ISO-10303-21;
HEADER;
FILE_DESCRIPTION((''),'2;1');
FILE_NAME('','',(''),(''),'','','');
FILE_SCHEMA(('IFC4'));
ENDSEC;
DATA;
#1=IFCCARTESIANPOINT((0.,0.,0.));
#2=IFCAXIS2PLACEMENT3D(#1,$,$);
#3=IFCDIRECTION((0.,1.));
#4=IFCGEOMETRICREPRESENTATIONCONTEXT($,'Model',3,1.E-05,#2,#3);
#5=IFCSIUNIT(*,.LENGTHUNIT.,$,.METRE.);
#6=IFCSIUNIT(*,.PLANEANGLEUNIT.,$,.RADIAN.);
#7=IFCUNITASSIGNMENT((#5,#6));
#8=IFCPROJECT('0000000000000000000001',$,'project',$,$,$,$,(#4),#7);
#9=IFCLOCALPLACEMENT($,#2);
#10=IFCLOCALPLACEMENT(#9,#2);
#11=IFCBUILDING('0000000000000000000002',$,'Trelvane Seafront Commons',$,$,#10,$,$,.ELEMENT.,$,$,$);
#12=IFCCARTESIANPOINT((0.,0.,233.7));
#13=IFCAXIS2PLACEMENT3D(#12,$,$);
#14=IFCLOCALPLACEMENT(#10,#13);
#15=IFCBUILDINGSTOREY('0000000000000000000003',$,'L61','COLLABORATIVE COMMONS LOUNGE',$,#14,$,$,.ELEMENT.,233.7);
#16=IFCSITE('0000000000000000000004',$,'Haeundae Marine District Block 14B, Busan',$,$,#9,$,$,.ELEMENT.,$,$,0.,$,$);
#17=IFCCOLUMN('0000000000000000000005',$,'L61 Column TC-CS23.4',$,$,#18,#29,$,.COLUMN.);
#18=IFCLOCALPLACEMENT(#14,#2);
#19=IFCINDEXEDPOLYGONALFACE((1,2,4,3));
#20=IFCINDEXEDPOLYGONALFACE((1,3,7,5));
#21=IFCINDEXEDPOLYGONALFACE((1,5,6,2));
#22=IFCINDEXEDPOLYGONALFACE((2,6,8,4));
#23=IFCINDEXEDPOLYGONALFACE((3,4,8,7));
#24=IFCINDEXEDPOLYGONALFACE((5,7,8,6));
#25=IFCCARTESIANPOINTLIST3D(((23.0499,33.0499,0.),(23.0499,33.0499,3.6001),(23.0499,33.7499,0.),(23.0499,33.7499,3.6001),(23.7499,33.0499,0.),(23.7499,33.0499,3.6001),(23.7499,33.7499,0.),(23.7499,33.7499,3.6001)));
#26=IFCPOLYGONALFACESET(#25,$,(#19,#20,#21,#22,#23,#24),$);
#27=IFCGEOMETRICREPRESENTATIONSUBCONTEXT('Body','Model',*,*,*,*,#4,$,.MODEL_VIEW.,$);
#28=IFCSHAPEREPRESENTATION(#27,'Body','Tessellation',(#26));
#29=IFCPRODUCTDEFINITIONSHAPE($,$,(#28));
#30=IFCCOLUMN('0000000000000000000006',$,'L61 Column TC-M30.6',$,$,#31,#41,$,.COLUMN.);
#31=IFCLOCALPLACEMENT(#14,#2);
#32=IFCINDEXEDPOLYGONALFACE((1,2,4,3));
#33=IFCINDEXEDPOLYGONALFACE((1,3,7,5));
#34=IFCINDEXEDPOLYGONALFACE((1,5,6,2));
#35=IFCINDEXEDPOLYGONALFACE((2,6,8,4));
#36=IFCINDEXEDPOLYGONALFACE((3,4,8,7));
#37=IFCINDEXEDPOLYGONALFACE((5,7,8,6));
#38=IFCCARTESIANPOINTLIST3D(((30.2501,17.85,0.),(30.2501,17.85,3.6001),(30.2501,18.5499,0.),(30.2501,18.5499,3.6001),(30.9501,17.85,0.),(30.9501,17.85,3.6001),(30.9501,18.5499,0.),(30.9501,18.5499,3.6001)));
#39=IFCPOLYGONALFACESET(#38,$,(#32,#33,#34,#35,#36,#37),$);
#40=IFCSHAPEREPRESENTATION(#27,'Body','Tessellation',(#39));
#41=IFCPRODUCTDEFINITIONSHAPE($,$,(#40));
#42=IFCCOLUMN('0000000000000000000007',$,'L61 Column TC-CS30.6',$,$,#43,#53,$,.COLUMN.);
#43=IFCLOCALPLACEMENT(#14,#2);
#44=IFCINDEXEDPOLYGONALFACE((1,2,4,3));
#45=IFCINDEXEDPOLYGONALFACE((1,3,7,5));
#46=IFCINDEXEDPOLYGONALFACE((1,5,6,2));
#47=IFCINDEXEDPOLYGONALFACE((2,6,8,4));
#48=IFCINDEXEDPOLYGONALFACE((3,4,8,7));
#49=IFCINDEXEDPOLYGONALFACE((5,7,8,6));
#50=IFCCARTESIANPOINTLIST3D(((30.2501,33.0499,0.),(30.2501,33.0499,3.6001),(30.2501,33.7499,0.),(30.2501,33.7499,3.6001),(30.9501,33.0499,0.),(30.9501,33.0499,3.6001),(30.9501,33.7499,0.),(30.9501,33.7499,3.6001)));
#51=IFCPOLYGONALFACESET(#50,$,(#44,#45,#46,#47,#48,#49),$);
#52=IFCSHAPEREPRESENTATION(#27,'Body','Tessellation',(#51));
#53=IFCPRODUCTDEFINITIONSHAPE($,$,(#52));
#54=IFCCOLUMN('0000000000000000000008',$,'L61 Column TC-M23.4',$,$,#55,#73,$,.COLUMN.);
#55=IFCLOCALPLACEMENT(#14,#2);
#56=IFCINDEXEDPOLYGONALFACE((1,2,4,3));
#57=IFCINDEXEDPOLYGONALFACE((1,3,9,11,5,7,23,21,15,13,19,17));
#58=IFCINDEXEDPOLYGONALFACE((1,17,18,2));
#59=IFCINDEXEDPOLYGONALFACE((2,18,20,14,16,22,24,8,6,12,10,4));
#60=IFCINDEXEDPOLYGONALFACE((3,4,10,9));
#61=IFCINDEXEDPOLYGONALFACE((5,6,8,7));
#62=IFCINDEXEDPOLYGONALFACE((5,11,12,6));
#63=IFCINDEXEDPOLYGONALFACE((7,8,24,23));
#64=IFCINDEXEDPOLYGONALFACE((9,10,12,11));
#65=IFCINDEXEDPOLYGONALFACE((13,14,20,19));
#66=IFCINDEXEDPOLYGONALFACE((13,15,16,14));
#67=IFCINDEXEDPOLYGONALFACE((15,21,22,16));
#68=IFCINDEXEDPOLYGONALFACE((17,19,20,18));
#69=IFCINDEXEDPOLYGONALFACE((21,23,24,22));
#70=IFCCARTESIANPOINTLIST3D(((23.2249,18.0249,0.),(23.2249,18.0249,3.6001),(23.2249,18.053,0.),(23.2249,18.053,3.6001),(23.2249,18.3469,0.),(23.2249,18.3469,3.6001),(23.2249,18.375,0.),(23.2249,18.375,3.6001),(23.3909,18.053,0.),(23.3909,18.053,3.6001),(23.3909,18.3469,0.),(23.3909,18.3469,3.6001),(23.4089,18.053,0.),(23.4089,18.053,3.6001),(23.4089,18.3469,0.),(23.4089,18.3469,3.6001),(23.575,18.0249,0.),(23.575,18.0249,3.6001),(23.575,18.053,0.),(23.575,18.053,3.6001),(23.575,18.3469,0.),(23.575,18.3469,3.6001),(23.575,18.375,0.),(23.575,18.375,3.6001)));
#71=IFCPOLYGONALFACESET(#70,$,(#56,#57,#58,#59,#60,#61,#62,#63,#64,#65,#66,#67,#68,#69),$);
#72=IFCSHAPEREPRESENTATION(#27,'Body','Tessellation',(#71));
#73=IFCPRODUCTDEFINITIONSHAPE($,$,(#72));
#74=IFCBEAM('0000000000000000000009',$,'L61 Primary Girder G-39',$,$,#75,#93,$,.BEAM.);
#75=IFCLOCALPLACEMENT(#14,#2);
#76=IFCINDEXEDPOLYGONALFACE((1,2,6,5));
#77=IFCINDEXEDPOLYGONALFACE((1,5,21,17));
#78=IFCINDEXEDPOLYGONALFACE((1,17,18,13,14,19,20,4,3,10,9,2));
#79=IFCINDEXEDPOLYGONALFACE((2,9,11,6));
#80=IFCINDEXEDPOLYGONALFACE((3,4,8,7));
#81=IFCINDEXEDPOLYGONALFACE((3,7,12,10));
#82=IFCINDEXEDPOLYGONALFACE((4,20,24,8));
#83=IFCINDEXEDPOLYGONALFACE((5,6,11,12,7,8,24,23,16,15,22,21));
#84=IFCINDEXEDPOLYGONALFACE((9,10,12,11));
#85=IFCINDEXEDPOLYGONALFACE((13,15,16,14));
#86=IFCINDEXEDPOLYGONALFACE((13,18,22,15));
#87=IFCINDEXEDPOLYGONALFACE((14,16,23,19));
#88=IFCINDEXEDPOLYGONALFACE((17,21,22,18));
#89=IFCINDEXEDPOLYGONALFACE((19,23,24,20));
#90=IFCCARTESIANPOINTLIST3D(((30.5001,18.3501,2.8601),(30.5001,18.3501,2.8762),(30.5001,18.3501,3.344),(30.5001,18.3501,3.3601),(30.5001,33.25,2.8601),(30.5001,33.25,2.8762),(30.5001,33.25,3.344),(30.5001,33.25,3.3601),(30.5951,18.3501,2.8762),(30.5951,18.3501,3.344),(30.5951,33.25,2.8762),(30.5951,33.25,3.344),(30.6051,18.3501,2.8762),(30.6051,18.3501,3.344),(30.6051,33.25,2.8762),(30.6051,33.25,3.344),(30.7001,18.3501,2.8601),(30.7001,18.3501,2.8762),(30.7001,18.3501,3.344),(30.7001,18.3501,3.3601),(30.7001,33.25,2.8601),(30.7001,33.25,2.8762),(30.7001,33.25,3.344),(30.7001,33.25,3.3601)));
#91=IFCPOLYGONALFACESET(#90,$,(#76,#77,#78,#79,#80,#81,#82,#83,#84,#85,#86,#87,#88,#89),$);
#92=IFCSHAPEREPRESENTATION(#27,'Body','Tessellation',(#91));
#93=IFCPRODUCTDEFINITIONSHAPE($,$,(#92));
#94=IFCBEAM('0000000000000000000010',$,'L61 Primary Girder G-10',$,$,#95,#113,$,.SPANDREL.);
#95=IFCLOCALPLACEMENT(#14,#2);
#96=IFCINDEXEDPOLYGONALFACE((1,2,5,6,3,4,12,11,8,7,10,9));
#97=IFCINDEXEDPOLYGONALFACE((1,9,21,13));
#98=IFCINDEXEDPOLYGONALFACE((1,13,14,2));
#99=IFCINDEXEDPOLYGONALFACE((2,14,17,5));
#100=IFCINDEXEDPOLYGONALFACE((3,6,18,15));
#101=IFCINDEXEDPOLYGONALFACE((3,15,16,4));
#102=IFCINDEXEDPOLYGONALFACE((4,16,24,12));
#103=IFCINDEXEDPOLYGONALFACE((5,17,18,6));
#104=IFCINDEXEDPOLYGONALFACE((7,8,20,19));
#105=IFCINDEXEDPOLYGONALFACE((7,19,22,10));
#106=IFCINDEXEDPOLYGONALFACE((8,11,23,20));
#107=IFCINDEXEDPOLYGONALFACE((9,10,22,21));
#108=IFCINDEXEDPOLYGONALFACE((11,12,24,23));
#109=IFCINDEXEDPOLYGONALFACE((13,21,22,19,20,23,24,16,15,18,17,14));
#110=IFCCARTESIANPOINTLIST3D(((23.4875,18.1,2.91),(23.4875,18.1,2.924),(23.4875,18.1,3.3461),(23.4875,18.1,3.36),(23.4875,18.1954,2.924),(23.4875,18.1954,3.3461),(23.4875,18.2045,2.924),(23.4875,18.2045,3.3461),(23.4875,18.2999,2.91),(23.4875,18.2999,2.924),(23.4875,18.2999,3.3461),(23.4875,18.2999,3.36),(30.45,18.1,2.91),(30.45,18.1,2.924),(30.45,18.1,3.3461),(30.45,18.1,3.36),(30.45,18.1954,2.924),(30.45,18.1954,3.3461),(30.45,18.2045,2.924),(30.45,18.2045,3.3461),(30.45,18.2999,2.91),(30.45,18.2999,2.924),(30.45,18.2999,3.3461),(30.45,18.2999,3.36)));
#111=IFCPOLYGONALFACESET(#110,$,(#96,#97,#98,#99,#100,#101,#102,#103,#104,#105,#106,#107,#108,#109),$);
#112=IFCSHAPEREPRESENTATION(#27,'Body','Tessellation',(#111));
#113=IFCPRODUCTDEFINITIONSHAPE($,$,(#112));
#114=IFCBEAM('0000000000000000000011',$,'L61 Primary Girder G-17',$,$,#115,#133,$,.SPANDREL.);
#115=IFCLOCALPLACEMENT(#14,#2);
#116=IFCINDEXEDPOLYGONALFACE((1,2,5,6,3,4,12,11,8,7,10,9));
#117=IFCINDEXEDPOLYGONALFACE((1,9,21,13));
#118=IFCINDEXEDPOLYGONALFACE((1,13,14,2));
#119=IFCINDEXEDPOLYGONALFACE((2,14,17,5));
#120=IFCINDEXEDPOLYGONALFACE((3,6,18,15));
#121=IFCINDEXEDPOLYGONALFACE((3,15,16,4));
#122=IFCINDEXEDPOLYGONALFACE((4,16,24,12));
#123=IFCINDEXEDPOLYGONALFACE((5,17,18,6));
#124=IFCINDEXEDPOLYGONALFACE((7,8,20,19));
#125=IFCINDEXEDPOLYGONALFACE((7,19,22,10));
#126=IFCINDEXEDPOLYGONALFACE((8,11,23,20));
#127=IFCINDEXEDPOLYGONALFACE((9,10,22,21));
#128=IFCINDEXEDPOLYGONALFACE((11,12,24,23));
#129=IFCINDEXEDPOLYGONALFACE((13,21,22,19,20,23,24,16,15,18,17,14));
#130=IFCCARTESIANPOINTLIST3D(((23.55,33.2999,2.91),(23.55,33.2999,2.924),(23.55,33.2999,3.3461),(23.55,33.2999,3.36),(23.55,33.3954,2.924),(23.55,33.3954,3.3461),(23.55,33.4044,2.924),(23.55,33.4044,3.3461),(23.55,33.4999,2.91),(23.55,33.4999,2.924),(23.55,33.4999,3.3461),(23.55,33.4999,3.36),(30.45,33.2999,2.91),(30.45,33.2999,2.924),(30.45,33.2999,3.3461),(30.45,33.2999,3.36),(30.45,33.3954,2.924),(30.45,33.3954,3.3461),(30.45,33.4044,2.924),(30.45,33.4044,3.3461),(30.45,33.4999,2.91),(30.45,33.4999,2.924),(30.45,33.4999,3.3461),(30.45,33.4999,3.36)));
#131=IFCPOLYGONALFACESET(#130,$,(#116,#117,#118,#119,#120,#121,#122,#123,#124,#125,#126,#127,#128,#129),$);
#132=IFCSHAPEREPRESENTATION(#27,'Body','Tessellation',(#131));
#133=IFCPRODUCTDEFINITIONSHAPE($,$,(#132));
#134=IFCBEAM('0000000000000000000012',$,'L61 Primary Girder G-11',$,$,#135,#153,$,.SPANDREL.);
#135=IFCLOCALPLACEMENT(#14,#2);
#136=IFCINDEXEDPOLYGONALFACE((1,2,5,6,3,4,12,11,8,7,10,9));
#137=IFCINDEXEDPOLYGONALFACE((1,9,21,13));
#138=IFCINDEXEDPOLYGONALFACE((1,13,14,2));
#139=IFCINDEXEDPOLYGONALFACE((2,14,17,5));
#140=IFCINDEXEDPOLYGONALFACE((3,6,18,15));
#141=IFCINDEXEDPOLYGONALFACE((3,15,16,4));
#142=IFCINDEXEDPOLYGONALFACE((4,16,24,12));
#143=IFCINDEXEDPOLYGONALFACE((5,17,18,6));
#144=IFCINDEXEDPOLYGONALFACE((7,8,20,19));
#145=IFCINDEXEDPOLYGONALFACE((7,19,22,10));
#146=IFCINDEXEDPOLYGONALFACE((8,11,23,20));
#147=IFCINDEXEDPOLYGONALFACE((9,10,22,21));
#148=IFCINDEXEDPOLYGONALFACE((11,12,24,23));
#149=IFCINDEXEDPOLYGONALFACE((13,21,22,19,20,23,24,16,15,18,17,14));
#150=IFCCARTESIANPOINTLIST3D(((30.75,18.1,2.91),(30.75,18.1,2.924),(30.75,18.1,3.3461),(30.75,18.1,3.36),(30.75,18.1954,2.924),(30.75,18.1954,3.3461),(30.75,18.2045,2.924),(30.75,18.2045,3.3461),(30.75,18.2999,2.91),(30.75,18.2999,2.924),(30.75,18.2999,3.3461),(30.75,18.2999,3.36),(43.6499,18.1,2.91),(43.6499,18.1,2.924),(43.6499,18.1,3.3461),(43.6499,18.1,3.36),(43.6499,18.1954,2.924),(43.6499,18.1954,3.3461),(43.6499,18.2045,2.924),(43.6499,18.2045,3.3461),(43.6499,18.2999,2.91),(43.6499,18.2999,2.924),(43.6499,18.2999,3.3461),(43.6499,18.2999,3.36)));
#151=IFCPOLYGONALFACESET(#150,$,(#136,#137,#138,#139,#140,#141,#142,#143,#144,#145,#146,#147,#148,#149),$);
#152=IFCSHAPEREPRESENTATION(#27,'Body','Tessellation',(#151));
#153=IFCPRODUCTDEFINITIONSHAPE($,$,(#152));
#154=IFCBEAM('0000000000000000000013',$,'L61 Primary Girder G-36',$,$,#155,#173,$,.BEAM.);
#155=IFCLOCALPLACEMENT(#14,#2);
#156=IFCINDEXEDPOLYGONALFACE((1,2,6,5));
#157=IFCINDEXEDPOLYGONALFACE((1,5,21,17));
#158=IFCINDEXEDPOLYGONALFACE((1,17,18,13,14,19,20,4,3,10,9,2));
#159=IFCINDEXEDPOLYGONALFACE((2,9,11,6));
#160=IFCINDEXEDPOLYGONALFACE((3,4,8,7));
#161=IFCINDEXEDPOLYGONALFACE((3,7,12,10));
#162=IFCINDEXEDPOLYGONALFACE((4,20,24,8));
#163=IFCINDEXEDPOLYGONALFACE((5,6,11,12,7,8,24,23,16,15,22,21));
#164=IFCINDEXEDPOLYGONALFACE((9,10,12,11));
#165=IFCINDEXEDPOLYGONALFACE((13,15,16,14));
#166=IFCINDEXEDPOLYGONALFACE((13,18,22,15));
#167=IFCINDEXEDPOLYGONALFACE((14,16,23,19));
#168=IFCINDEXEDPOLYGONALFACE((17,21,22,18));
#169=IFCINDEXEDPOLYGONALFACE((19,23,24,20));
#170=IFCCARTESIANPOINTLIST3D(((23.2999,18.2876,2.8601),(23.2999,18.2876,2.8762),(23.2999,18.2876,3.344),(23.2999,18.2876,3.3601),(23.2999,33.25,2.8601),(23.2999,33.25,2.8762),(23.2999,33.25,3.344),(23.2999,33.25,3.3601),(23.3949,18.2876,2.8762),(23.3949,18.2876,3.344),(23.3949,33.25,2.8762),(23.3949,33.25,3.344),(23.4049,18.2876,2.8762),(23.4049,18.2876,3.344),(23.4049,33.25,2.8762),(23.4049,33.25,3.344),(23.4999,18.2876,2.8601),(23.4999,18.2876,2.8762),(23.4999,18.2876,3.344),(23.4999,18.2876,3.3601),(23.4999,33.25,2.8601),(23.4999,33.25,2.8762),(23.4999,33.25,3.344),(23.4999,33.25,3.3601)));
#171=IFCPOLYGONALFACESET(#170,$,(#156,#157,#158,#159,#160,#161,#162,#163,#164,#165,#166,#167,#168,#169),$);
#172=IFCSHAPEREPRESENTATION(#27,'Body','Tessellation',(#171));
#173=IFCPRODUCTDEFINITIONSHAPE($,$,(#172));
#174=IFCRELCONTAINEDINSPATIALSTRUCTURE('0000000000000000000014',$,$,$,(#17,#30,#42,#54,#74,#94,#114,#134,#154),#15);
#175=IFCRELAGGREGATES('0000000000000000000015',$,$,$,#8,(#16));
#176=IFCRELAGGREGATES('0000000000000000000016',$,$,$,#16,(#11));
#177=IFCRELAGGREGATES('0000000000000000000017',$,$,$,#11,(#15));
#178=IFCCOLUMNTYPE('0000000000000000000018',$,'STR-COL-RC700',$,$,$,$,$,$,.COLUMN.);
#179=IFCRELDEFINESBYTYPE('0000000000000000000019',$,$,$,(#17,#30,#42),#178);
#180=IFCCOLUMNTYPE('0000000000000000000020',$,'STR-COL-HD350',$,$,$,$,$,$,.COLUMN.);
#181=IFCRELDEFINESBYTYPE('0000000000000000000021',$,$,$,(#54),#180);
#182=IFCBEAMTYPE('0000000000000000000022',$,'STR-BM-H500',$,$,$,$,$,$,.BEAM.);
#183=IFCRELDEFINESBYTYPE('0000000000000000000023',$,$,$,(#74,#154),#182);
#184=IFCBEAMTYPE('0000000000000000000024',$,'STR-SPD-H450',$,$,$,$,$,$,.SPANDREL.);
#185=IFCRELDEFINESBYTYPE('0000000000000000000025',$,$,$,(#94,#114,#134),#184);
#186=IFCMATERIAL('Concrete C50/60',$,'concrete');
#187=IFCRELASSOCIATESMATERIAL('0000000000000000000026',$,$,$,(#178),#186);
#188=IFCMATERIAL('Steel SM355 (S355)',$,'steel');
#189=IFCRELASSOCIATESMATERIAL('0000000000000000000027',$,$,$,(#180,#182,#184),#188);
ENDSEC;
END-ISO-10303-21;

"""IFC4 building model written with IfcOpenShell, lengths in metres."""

from ifc_helpers import new_model, si_unit, direction, frame, origin, origin_2d, place, context, subcontext, project, spatial, rectangle, i_section, extrude, source, transform, mapped, material, material_profile, profile_set, type_object, element, save


model = new_model("IFC4")

# Units and contexts
model_context = context("Model", 3, precision=1e-05, world=origin(), true_north=direction((0.0, 1.0)))
body_context = subcontext(model_context, "Body", "Model", "MODEL_VIEW")
ifc_project = project(units=[si_unit("LENGTHUNIT", "METRE"), si_unit("PLANEANGLEUNIT", "RADIAN")], contexts=[model_context])

# Site, building, storey
site_placement = place(None, origin())
site = spatial("IfcSite", under=ifc_project, at=site_placement, Name="Haeundae Marine District Block 14B, Busan", CompositionType="ELEMENT", RefElevation=0.0)
building_placement = place(site_placement, origin())
building = spatial("IfcBuilding", under=site, at=building_placement, Name="Trelvane Seafront Commons", CompositionType="ELEMENT")
storey_placement = place(building_placement, frame((0.0, 0.0, 233.7)))
storey = spatial("IfcBuildingStorey", under=building, at=storey_placement, Name="L61", Description="COLLABORATIVE COMMONS LOUNGE", CompositionType="ELEMENT", Elevation=233.7)

# Columns
ifc_material_1 = material(Name="Concrete C50/60", Category="concrete")
ifc_material_profile_1 = material_profile(ifc_material_1, rectangle(XDim=0.7, YDim=0.7, at=origin_2d()), Name="RC-700x700")
ifc_profile_set_1 = profile_set([ifc_material_profile_1], Name="Concrete C50/60")
column_type_1 = type_object("IfcColumnType", Name="STR-COL-RC700", PredefinedType="COLUMN", material=ifc_profile_set_1)
shared_shape_1 = source(origin(), body_context, "Body", "SweptSolid", [
    extrude(rectangle(XDim=0.7, YDim=0.7, at=origin_2d()), origin(), (0.0, 0.0, 1.0), 3.6001),
])
for number, where, z_axis, x_axis, name in (
    (1, (23.3999, 33.3999, 0.0), (0.0, 0.0, 1.0), (1.0, 0.0, 0.0), "L61 Column TC-CS23.4"),
    (2, (30.6001, 18.2, 0.0), (0.0, 0.0, 1.0), (1.0, 0.0, 0.0), "L61 Column TC-M30.6"),
    (3, (30.6001, 33.3999, 0.0), (0.0, 0.0, 1.0), (1.0, 0.0, 0.0), "L61 Column TC-CS30.6"),
):
    element("IfcColumn", number, at=place(storey_placement, frame(where, z_axis=z_axis, x_axis=x_axis)), inside=storey, type_object=column_type_1, Name=name, PredefinedType="COLUMN", context=body_context, shape_type="MappedRepresentation", body=[
        mapped(shared_shape_1, transform((0.0, 0.0, 0.0), x_axis=(1.0, 0.0, 0.0), y_axis=(0.0, 1.0, 0.0), z_axis=(0.0, 0.0, 1.0), scale=1.0)),
    ])
ifc_material_2 = material(Name="Steel SM355 (S355)", Category="steel")
ifc_material_profile_2 = material_profile(ifc_material_2, i_section(OverallWidth=0.3501, OverallDepth=0.3501, WebThickness=0.0181, FlangeThickness=0.0281, at=origin_2d()), Name="HD-350x350x18x28")
ifc_profile_set_2 = profile_set([ifc_material_profile_2], Name="Steel SM355 (S355)")
column_type_2 = type_object("IfcColumnType", Name="STR-COL-HD350", PredefinedType="COLUMN", material=ifc_profile_set_2)
shared_shape_2 = source(origin(), body_context, "Body", "SweptSolid", [
    extrude(i_section(OverallWidth=0.3501, OverallDepth=0.3501, WebThickness=0.0181, FlangeThickness=0.0281, at=origin_2d()), origin(), (0.0, 0.0, 1.0), 3.6001),
])
column_placement = place(storey_placement, frame((23.3999, 18.2, 0.0), z_axis=(0.0, 0.0, 1.0), x_axis=(1.0, 0.0, 0.0)))
element("IfcColumn", 4, at=column_placement, inside=storey, type_object=column_type_2, Name="L61 Column TC-M23.4", PredefinedType="COLUMN", context=body_context, shape_type="MappedRepresentation", body=[
    mapped(shared_shape_2, transform((0.0, 0.0, 0.0), x_axis=(1.0, 0.0, 0.0), y_axis=(0.0, 1.0, 0.0), z_axis=(0.0, 0.0, 1.0), scale=1.0)),
])

# Beams
ifc_material_profile_3 = material_profile(ifc_material_2, i_section(OverallWidth=0.2, OverallDepth=0.5, WebThickness=0.01, FlangeThickness=0.0161, at=origin_2d()), Name="H-500x200x10x16")
ifc_profile_set_3 = profile_set([ifc_material_profile_3], Name="Steel SM355 (S355)")
beam_type_1 = type_object("IfcBeamType", Name="STR-BM-H500", PredefinedType="BEAM", material=ifc_profile_set_3)
shared_shape_3 = source(origin(), body_context, "Body", "SweptSolid", [
    extrude(i_section(OverallWidth=0.2, OverallDepth=0.5, WebThickness=0.01, FlangeThickness=0.0161, at=origin_2d()), origin(), (0.0, 0.0, 1.0), 14.8999),
])
beam_1_placement = place(storey_placement, frame((30.6001, 18.3501, 3.1101), z_axis=(0.0, 1.0, 0.0), x_axis=(-1.0, 0.0, 0.0)))
element("IfcBeam", 5, at=beam_1_placement, inside=storey, type_object=beam_type_1, Name="L61 Primary Girder G-39", PredefinedType="BEAM", context=body_context, shape_type="MappedRepresentation", body=[
    mapped(shared_shape_3, transform((0.0, 0.0, 0.0), x_axis=(1.0, 0.0, 0.0), y_axis=(0.0, 1.0, 0.0), z_axis=(0.0, 0.0, 1.0), scale=1.0)),
])
ifc_material_profile_4 = material_profile(ifc_material_2, i_section(OverallWidth=0.2, OverallDepth=0.45, WebThickness=0.009, FlangeThickness=0.0139, at=origin_2d()), Name="H-450x200x9x14")
ifc_profile_set_4 = profile_set([ifc_material_profile_4], Name="Steel SM355 (S355)")
beam_type_2 = type_object("IfcBeamType", Name="STR-SPD-H450", PredefinedType="SPANDREL", material=ifc_profile_set_4)
shared_shape_4 = source(origin(), body_context, "Body", "SweptSolid", [
    extrude(i_section(OverallWidth=0.2, OverallDepth=0.45, WebThickness=0.009, FlangeThickness=0.0139, at=origin_2d()), origin(), (0.0, 0.0, 1.0), 6.9624),
])
beam_2_placement = place(storey_placement, frame((23.4875, 18.2, 3.135), z_axis=(1.0, 0.0, 0.0), x_axis=(0.0, 1.0, 0.0)))
element("IfcBeam", 6, at=beam_2_placement, inside=storey, type_object=beam_type_2, Name="L61 Primary Girder G-10", PredefinedType="SPANDREL", context=body_context, shape_type="MappedRepresentation", body=[
    mapped(shared_shape_4, transform((0.0, 0.0, 0.0), x_axis=(1.0, 0.0, 0.0), y_axis=(0.0, 1.0, 0.0), z_axis=(0.0, 0.0, 1.0), scale=1.0)),
])
shared_shape_5 = source(origin(), body_context, "Body", "SweptSolid", [
    extrude(i_section(OverallWidth=0.2, OverallDepth=0.45, WebThickness=0.009, FlangeThickness=0.0139, at=origin_2d()), origin(), (0.0, 0.0, 1.0), 6.8999),
])
beam_3_placement = place(storey_placement, frame((23.55, 33.3999, 3.135), z_axis=(1.0, 0.0, 0.0), x_axis=(0.0, 1.0, 0.0)))
element("IfcBeam", 7, at=beam_3_placement, inside=storey, type_object=beam_type_2, Name="L61 Primary Girder G-17", PredefinedType="SPANDREL", context=body_context, shape_type="MappedRepresentation", body=[
    mapped(shared_shape_5, transform((0.0, 0.0, 0.0), x_axis=(1.0, 0.0, 0.0), y_axis=(0.0, 1.0, 0.0), z_axis=(0.0, 0.0, 1.0), scale=1.0)),
])
shared_shape_6 = source(origin(), body_context, "Body", "SweptSolid", [
    extrude(i_section(OverallWidth=0.2, OverallDepth=0.45, WebThickness=0.009, FlangeThickness=0.0139, at=origin_2d()), origin(), (0.0, 0.0, 1.0), 12.8999),
])
beam_4_placement = place(storey_placement, frame((30.75, 18.2, 3.135), z_axis=(1.0, 0.0, 0.0), x_axis=(0.0, 1.0, 0.0)))
element("IfcBeam", 8, at=beam_4_placement, inside=storey, type_object=beam_type_2, Name="L61 Primary Girder G-11", PredefinedType="SPANDREL", context=body_context, shape_type="MappedRepresentation", body=[
    mapped(shared_shape_6, transform((0.0, 0.0, 0.0), x_axis=(1.0, 0.0, 0.0), y_axis=(0.0, 1.0, 0.0), z_axis=(0.0, 0.0, 1.0), scale=1.0)),
])
shared_shape_7 = source(origin(), body_context, "Body", "SweptSolid", [
    extrude(i_section(OverallWidth=0.2, OverallDepth=0.5, WebThickness=0.01, FlangeThickness=0.0161, at=origin_2d()), origin(), (0.0, 0.0, 1.0), 14.9624),
])
beam_5_placement = place(storey_placement, frame((23.3999, 18.2876, 3.1101), z_axis=(0.0, 1.0, 0.0), x_axis=(-1.0, 0.0, 0.0)))
element("IfcBeam", 9, at=beam_5_placement, inside=storey, type_object=beam_type_1, Name="L61 Primary Girder G-36", PredefinedType="BEAM", context=body_context, shape_type="MappedRepresentation", body=[
    mapped(shared_shape_7, transform((0.0, 0.0, 0.0), x_axis=(1.0, 0.0, 0.0), y_axis=(0.0, 1.0, 0.0), z_axis=(0.0, 0.0, 1.0), scale=1.0)),
])

save(model, "model.ifc")
